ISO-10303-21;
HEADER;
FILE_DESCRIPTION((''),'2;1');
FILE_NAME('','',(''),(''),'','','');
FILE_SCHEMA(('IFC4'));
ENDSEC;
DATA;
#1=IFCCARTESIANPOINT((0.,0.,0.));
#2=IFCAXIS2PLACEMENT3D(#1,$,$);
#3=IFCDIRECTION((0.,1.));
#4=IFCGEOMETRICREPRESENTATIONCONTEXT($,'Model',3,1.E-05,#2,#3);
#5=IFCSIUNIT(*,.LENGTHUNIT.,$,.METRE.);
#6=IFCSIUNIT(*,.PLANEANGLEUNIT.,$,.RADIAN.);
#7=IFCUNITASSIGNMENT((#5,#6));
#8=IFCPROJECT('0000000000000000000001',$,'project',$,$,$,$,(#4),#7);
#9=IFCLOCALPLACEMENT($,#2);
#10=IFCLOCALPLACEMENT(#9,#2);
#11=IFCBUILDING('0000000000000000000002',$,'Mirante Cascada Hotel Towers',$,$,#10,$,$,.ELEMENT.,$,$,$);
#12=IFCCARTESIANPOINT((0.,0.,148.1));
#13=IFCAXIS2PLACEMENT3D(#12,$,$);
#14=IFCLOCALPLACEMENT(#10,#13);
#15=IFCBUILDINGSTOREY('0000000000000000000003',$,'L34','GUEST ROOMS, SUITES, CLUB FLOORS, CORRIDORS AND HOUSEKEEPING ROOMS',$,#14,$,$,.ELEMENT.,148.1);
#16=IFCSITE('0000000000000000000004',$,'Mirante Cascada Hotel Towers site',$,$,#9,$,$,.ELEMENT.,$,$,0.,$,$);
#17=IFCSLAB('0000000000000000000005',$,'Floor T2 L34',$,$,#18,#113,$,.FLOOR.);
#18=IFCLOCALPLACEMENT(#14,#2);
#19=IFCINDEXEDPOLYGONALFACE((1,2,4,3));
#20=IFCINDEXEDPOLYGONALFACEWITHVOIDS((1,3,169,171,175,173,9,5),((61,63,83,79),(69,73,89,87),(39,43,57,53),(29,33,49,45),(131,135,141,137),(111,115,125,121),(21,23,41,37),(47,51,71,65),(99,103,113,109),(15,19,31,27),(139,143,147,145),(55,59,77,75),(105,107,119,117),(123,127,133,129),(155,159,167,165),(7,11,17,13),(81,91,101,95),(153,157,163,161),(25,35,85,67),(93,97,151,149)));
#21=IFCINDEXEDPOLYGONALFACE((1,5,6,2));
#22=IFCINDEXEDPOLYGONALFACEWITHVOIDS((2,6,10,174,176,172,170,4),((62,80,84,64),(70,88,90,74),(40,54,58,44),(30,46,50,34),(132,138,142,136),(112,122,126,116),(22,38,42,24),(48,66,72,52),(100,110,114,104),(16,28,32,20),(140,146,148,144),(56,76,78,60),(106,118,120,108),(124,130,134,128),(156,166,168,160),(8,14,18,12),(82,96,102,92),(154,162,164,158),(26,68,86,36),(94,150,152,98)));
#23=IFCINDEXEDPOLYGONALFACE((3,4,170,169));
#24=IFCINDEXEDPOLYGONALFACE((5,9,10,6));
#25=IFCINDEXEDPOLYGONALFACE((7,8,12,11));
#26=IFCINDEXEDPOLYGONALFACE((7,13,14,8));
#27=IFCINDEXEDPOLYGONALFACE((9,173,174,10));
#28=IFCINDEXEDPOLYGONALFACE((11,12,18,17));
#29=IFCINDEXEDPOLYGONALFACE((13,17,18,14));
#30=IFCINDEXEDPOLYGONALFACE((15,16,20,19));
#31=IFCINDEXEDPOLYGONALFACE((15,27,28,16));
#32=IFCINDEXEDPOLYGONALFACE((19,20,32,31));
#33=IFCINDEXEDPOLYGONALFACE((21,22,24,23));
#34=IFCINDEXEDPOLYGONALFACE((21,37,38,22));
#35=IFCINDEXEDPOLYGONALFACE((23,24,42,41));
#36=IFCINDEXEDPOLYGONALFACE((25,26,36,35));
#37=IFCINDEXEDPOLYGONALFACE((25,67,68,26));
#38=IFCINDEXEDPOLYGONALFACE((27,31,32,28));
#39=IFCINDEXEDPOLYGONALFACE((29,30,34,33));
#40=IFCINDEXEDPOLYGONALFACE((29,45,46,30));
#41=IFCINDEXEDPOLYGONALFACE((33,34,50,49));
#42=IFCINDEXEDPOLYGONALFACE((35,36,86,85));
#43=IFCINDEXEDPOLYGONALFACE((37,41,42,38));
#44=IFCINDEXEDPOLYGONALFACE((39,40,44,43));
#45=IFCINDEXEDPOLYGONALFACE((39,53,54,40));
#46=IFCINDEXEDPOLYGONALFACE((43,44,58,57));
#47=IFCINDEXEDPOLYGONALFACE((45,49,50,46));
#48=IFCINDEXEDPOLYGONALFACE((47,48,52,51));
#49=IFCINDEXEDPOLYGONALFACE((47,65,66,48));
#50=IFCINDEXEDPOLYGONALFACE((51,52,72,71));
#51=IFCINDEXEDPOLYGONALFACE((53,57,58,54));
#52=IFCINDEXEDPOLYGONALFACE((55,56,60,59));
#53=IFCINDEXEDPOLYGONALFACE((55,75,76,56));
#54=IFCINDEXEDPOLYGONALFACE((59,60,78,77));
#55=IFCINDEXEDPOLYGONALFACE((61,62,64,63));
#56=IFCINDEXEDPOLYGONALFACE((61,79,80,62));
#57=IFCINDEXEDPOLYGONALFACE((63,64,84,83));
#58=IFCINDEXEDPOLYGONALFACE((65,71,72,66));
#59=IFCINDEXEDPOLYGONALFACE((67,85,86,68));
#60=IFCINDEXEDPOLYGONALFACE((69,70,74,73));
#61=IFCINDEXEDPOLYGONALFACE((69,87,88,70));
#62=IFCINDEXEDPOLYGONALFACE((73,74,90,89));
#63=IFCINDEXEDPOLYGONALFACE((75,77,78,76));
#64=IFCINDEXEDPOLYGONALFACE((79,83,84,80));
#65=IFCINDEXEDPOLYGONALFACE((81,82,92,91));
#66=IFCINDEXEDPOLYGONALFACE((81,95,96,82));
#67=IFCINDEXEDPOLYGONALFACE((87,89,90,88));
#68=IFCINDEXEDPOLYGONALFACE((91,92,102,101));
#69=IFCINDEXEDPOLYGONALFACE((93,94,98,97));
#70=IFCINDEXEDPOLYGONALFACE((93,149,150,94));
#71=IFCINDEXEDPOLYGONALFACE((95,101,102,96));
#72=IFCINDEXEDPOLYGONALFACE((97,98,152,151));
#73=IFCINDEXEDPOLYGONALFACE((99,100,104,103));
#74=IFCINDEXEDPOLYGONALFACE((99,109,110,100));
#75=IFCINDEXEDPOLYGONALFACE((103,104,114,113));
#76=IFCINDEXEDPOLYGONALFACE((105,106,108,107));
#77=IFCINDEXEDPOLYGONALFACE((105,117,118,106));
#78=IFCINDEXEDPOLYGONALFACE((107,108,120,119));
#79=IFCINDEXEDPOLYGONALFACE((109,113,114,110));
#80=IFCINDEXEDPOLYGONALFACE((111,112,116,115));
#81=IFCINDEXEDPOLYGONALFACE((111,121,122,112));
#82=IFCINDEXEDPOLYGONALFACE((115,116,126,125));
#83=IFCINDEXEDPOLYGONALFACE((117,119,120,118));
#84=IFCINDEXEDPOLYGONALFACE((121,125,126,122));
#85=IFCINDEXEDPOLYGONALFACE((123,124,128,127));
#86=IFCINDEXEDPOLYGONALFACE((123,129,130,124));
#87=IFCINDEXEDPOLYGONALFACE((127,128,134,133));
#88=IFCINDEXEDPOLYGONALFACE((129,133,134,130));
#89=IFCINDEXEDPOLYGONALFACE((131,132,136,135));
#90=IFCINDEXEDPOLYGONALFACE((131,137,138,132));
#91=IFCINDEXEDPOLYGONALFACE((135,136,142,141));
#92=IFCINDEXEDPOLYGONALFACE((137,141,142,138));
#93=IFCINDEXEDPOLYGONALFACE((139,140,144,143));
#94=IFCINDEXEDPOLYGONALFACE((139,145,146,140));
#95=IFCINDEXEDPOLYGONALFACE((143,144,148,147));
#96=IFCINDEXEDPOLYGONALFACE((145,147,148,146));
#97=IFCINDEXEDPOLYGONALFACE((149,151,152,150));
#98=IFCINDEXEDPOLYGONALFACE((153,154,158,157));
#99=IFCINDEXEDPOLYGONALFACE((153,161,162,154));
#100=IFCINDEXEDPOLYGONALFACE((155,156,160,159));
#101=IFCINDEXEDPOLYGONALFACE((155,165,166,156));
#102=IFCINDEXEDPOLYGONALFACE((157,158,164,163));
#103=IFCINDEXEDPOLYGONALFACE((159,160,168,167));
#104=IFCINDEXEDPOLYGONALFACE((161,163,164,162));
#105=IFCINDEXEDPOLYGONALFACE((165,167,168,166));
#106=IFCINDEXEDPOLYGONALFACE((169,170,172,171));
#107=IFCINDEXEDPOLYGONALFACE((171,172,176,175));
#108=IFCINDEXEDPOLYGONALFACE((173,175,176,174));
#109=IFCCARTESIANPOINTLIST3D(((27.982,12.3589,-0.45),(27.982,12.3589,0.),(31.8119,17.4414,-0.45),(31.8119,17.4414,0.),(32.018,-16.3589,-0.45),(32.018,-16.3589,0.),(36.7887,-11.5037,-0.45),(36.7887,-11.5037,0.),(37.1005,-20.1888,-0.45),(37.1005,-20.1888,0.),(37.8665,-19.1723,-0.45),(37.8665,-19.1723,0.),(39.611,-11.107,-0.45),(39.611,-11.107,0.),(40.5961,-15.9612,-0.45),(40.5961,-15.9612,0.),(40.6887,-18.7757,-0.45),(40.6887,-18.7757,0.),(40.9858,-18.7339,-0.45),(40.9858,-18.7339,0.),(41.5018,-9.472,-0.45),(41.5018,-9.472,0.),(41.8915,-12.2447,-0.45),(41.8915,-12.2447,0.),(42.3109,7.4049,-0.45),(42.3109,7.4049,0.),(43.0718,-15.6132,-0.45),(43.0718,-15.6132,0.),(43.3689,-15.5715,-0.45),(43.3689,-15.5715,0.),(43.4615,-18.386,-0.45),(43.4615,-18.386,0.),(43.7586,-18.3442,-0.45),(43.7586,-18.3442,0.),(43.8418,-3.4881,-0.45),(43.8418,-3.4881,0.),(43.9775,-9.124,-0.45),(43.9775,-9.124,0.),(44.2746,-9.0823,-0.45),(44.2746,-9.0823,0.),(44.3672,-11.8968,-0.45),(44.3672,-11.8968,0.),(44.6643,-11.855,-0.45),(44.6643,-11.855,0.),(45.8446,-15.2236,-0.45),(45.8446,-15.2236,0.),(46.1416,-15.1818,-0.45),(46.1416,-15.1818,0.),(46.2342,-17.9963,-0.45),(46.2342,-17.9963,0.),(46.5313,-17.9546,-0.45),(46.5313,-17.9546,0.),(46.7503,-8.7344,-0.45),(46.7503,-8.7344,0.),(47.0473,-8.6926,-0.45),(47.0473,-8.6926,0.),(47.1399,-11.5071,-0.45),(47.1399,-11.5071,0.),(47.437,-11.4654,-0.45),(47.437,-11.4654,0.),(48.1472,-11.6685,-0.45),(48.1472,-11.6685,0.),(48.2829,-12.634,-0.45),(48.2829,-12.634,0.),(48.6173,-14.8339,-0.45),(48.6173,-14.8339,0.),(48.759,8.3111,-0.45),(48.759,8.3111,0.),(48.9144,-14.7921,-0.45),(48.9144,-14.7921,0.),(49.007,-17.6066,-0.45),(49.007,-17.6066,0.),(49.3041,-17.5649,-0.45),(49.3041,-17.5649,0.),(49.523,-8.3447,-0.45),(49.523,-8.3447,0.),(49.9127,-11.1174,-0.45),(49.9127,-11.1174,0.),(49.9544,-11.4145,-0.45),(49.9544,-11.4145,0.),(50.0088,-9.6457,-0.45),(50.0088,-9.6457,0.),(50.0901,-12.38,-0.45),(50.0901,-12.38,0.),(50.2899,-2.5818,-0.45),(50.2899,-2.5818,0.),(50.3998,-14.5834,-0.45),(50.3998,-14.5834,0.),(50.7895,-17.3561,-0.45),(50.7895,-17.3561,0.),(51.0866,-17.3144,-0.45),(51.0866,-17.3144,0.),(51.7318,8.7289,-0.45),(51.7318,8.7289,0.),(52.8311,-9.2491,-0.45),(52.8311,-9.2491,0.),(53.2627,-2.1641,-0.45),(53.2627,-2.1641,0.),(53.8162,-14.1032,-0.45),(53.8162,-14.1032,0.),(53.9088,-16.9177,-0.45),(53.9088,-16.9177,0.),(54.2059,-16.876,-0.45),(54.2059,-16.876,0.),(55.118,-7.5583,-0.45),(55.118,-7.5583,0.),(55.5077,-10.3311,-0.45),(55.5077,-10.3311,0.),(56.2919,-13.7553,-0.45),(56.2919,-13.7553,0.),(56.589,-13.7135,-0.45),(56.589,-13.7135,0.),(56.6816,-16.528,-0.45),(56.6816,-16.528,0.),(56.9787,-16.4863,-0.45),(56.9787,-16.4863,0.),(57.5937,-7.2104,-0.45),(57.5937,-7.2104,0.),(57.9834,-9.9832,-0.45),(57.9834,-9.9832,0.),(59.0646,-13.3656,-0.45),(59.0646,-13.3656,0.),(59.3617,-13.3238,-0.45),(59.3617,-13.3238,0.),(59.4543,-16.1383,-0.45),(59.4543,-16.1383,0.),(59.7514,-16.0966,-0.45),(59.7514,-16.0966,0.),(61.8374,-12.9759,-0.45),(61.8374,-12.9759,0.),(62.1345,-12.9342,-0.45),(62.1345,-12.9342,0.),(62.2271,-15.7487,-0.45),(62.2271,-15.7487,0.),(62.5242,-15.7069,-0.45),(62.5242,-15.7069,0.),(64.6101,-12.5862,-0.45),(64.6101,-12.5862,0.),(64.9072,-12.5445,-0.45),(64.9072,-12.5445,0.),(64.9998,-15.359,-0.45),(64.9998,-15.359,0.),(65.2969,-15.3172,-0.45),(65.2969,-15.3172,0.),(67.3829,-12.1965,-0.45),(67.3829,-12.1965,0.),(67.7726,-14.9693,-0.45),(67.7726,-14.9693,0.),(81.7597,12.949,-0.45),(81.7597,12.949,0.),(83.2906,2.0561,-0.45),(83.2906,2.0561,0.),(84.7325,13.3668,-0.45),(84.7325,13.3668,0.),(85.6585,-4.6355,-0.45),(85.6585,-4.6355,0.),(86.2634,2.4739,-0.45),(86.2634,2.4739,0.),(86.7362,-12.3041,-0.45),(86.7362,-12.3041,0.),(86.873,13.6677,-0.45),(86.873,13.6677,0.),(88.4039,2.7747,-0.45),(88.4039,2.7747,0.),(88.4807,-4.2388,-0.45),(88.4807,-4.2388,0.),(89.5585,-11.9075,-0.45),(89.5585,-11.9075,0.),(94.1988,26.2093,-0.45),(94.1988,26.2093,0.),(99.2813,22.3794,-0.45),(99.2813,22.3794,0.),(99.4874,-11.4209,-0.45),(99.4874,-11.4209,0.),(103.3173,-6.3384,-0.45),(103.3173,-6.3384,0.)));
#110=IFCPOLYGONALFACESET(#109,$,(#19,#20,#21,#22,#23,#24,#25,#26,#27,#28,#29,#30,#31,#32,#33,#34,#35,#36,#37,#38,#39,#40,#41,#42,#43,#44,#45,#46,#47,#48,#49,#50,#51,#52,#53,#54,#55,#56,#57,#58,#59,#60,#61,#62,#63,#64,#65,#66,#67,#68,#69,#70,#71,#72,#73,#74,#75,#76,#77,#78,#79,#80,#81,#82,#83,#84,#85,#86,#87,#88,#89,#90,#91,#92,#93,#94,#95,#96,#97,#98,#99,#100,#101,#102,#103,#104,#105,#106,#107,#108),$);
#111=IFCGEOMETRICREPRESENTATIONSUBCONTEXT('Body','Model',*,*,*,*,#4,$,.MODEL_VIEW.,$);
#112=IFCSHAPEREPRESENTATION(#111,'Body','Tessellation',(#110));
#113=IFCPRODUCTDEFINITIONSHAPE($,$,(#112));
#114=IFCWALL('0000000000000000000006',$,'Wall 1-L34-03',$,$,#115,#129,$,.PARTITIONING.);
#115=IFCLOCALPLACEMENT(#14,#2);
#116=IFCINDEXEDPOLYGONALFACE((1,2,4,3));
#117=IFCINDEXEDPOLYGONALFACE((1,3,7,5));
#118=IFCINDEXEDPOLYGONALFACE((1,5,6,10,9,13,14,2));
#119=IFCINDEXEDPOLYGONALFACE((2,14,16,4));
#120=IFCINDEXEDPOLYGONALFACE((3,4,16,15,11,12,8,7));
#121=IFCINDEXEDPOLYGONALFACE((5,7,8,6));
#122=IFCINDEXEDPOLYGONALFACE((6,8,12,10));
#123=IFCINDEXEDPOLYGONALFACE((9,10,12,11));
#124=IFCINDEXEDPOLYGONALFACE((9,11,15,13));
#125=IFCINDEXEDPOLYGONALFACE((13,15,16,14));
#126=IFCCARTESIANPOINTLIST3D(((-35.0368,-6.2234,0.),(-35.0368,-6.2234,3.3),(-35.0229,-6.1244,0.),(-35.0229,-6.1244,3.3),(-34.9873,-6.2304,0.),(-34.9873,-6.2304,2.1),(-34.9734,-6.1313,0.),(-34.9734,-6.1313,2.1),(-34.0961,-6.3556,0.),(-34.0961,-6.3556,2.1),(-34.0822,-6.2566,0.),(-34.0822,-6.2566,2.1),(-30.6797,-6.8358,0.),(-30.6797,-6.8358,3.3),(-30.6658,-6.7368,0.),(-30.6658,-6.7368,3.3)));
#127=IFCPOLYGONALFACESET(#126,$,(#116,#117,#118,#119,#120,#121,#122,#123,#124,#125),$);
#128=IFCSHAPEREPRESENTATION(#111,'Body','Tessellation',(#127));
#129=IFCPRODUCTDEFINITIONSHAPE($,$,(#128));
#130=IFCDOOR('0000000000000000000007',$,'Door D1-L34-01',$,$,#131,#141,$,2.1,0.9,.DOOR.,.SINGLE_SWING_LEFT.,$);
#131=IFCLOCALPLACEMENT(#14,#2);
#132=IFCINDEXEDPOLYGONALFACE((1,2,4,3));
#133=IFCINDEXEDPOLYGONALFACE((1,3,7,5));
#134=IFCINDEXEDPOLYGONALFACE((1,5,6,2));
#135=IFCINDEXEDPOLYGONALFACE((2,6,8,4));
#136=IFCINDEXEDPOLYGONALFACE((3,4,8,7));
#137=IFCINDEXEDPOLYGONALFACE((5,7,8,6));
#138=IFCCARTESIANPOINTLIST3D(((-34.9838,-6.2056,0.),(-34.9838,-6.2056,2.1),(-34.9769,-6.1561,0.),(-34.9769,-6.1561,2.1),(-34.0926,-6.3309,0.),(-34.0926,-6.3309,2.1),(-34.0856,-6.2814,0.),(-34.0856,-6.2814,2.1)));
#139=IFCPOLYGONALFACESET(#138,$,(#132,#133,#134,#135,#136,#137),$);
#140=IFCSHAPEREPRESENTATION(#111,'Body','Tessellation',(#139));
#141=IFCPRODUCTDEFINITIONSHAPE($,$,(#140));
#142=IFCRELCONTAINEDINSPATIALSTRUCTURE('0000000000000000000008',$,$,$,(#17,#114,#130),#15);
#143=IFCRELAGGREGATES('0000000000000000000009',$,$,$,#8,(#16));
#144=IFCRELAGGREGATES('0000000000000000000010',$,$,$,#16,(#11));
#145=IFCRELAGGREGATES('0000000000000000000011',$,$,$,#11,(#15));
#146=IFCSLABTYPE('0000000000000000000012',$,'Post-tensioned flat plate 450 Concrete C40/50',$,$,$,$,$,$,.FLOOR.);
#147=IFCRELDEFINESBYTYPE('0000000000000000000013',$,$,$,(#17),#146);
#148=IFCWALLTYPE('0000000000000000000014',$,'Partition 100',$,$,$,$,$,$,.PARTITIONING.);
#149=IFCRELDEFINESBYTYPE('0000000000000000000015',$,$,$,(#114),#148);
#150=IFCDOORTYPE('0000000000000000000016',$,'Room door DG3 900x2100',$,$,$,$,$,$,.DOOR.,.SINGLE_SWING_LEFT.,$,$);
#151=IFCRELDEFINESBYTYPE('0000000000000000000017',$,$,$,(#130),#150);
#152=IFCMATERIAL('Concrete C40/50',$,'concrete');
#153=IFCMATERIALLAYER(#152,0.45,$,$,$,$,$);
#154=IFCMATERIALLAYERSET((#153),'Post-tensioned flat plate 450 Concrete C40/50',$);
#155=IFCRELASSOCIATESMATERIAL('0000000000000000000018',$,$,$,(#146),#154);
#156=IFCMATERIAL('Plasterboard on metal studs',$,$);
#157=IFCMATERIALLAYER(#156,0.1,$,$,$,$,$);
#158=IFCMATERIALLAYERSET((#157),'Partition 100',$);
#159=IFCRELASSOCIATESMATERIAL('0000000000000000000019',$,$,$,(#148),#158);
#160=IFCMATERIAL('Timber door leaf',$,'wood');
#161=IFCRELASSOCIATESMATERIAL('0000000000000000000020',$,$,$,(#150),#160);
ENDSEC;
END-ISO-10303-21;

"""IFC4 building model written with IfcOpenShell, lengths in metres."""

from ifc_helpers import new_model, si_unit, direction, frame, frame_2d, origin, place, context, subcontext, project, spatial, polyline, rectangle, outline, extrude, material, layer, layer_set, type_object, element, fill, save


model = new_model("IFC4")

# Units and contexts
model_context = context("Model", 3, precision=1e-05, world=origin(), true_north=direction((0.0, 1.0)))
body_context = subcontext(model_context, "Body", "Model", "MODEL_VIEW")
ifc_project = project(units=[si_unit("LENGTHUNIT", "METRE"), si_unit("PLANEANGLEUNIT", "RADIAN")], contexts=[model_context])

# Site, building, storey
site_placement = place(None, origin())
site = spatial("IfcSite", under=ifc_project, at=site_placement, Name="Mirante Cascada Hotel Towers site", CompositionType="ELEMENT", RefElevation=0.0)
building_placement = place(site_placement, origin())
building = spatial("IfcBuilding", under=site, at=building_placement, Name="Mirante Cascada Hotel Towers", CompositionType="ELEMENT")
storey_placement = place(building_placement, frame((0.0, 0.0, 148.1)))
storey = spatial("IfcBuildingStorey", under=building, at=storey_placement, Name="L34", Description="GUEST ROOMS, SUITES, CLUB FLOORS, CORRIDORS AND HOUSEKEEPING ROOMS", CompositionType="ELEMENT", Elevation=148.1)

# Slab
ifc_material_1 = material(Name="Concrete C40/50", Category="concrete")
ifc_layer_1 = layer(ifc_material_1, 0.45)
ifc_layer_set_1 = layer_set([ifc_layer_1], Name="Post-tensioned flat plate 450 Concrete C40/50")
slab_type = type_object("IfcSlabType", Name="Post-tensioned flat plate 450 Concrete C40/50", PredefinedType="FLOOR", material=ifc_layer_set_1)
slab_1_placement = place(storey_placement, frame((0.0, 0.0, -0.45)))
element("IfcSlab", 1, at=slab_1_placement, inside=storey, type_object=slab_type, Name="Floor T2 L34", PredefinedType="FLOOR", context=body_context, shape_type="SweptSolid", body=[
    extrude(outline(polyline([(32.018, -16.3589), (27.982, 12.3589), (31.8119, 17.4414), (94.1988, 26.2093), (99.2813, 22.3794), (103.3173, -6.3384), (99.4874, -11.4209), (37.1005, -20.1888), (32.018, -16.3589)]), holes=[polyline([(43.0718, -15.6132), (40.5961, -15.9612), (40.9858, -18.7339), (43.4615, -18.386), (43.0718, -15.6132)]), polyline([(45.8446, -15.2236), (43.3689, -15.5715), (43.7586, -18.3442), (46.2342, -17.9963), (45.8446, -15.2236)]), polyline([(48.6173, -14.8339), (46.1416, -15.1818), (46.5313, -17.9546), (49.007, -17.6066), (48.6173, -14.8339)]), polyline([(50.3998, -14.5834), (48.9144, -14.7921), (49.3041, -17.5649), (50.7895, -17.3561), (50.3998, -14.5834)]), polyline([(37.8665, -19.1723), (40.6887, -18.7757), (39.611, -11.107), (36.7887, -11.5037), (37.8665, -19.1723)]), polyline([(49.9544, -11.4145), (48.1472, -11.6685), (48.2829, -12.634), (50.0901, -12.38), (49.9544, -11.4145)]), polyline([(43.9775, -9.124), (41.5018, -9.472), (41.8915, -12.2447), (44.3672, -11.8968), (43.9775, -9.124)]), polyline([(47.1399, -11.5071), (46.7503, -8.7344), (44.2746, -9.0823), (44.6643, -11.855), (47.1399, -11.5071)]), polyline([(49.9127, -11.1174), (49.523, -8.3447), (47.0473, -8.6926), (47.437, -11.4654), (49.9127, -11.1174)]), polyline([(56.2919, -13.7553), (53.8162, -14.1032), (54.2059, -16.876), (56.6816, -16.528), (56.2919, -13.7553)]), polyline([(59.0646, -13.3656), (56.589, -13.7135), (56.9787, -16.4863), (59.4543, -16.1383), (59.0646, -13.3656)]), polyline([(61.8374, -12.9759), (59.3617, -13.3238), (59.7514, -16.0966), (62.2271, -15.7487), (61.8374, -12.9759)]), polyline([(64.6101, -12.5862), (62.1345, -12.9342), (62.5242, -15.7069), (64.9998, -15.359), (64.6101, -12.5862)]), polyline([(67.3829, -12.1965), (64.9072, -12.5445), (65.2969, -15.3172), (67.7726, -14.9693), (67.3829, -12.1965)]), polyline([(51.0866, -17.3144), (53.9088, -16.9177), (52.8311, -9.2491), (50.0088, -9.6457), (51.0866, -17.3144)]), polyline([(86.7362, -12.3041), (89.5585, -11.9075), (88.4807, -4.2388), (85.6585, -4.6355), (86.7362, -12.3041)]), polyline([(57.9834, -9.9832), (57.5937, -7.2104), (55.118, -7.5583), (55.5077, -10.3311), (57.9834, -9.9832)]), polyline([(86.873, 13.6677), (88.4039, 2.7747), (86.2634, 2.4739), (86.2634, 2.4739), (84.7325, 13.3668), (84.7325, 13.3668), (86.873, 13.6677)]), polyline([(81.7597, 12.949), (81.7597, 12.949), (83.2906, 2.0561), (83.2906, 2.0561), (53.2627, -2.1641), (53.2627, -2.1641), (51.7318, 8.7289), (81.7597, 12.949)]), polyline([(43.8418, -3.4881), (42.3109, 7.4049), (48.759, 8.3111), (50.2899, -2.5818), (50.2899, -2.5818), (43.8418, -3.4881)])]), origin(), (0.0, 0.0, 1.0), 0.45),
])

# Wall, opening, door
ifc_material_2 = material(Name="Plasterboard on metal studs")
ifc_layer_2 = layer(ifc_material_2, 0.1)
ifc_layer_set_2 = layer_set([ifc_layer_2], Name="Partition 100")
wall_type = type_object("IfcWallType", Name="Partition 100", PredefinedType="PARTITIONING", material=ifc_layer_set_2)
wall_placement = place(storey_placement, frame((-30.6727, -6.7863, 0.0), z_axis=(0.0, 0.0, 1.0), x_axis=(-0.990267, 0.139184, 0.0)))
wall = element("IfcWall", 2, at=wall_placement, inside=storey, type_object=wall_type, Name="Wall 1-L34-03", PredefinedType="PARTITIONING", context=body_context, shape_type="SweptSolid", body=[
    extrude(rectangle(XDim=4.3999, YDim=0.1, at=frame_2d((2.2, 0.0))), origin(), (0.0, 0.0, 1.0), 3.3),
])
opening_placement = place(wall_placement, frame((3.45, 0.0, 0.0)))
opening = element("IfcOpeningElement", 3, at=opening_placement, cuts=wall, PredefinedType="OPENING", context=body_context, shape_type="SweptSolid", body=[
    extrude(rectangle(XDim=0.9, YDim=2.1, at=frame_2d((0.45, 1.05))), frame((0.0, 0.05, 0.0), z_axis=(0.0, -1.0, 0.0), x_axis=(1.0, 0.0, 0.0)), (0.0, 0.0, 1.0), 0.1),
])
ifc_material_3 = material(Name="Timber door leaf", Category="wood")
door_type = type_object("IfcDoorType", Name="Room door DG3 900x2100", OperationType="SINGLE_SWING_LEFT", PredefinedType="DOOR", material=ifc_material_3)
door_placement = place(opening_placement, origin())
door = element("IfcDoor", 4, at=door_placement, inside=storey, type_object=door_type, Name="Door D1-L34-01", OperationType="SINGLE_SWING_LEFT", OverallHeight=2.1, OverallWidth=0.9, PredefinedType="DOOR", context=body_context, shape_type="SweptSolid", body=[
    extrude(rectangle(XDim=0.9, YDim=2.1, at=frame_2d((0.45, 1.05))), frame((0.0, 0.025, 0.0), z_axis=(0.0, -1.0, 0.0), x_axis=(1.0, 0.0, 0.0)), (0.0, 0.0, 1.0), 0.05),
])
fill(opening, door)

save(model, "model.ifc")
